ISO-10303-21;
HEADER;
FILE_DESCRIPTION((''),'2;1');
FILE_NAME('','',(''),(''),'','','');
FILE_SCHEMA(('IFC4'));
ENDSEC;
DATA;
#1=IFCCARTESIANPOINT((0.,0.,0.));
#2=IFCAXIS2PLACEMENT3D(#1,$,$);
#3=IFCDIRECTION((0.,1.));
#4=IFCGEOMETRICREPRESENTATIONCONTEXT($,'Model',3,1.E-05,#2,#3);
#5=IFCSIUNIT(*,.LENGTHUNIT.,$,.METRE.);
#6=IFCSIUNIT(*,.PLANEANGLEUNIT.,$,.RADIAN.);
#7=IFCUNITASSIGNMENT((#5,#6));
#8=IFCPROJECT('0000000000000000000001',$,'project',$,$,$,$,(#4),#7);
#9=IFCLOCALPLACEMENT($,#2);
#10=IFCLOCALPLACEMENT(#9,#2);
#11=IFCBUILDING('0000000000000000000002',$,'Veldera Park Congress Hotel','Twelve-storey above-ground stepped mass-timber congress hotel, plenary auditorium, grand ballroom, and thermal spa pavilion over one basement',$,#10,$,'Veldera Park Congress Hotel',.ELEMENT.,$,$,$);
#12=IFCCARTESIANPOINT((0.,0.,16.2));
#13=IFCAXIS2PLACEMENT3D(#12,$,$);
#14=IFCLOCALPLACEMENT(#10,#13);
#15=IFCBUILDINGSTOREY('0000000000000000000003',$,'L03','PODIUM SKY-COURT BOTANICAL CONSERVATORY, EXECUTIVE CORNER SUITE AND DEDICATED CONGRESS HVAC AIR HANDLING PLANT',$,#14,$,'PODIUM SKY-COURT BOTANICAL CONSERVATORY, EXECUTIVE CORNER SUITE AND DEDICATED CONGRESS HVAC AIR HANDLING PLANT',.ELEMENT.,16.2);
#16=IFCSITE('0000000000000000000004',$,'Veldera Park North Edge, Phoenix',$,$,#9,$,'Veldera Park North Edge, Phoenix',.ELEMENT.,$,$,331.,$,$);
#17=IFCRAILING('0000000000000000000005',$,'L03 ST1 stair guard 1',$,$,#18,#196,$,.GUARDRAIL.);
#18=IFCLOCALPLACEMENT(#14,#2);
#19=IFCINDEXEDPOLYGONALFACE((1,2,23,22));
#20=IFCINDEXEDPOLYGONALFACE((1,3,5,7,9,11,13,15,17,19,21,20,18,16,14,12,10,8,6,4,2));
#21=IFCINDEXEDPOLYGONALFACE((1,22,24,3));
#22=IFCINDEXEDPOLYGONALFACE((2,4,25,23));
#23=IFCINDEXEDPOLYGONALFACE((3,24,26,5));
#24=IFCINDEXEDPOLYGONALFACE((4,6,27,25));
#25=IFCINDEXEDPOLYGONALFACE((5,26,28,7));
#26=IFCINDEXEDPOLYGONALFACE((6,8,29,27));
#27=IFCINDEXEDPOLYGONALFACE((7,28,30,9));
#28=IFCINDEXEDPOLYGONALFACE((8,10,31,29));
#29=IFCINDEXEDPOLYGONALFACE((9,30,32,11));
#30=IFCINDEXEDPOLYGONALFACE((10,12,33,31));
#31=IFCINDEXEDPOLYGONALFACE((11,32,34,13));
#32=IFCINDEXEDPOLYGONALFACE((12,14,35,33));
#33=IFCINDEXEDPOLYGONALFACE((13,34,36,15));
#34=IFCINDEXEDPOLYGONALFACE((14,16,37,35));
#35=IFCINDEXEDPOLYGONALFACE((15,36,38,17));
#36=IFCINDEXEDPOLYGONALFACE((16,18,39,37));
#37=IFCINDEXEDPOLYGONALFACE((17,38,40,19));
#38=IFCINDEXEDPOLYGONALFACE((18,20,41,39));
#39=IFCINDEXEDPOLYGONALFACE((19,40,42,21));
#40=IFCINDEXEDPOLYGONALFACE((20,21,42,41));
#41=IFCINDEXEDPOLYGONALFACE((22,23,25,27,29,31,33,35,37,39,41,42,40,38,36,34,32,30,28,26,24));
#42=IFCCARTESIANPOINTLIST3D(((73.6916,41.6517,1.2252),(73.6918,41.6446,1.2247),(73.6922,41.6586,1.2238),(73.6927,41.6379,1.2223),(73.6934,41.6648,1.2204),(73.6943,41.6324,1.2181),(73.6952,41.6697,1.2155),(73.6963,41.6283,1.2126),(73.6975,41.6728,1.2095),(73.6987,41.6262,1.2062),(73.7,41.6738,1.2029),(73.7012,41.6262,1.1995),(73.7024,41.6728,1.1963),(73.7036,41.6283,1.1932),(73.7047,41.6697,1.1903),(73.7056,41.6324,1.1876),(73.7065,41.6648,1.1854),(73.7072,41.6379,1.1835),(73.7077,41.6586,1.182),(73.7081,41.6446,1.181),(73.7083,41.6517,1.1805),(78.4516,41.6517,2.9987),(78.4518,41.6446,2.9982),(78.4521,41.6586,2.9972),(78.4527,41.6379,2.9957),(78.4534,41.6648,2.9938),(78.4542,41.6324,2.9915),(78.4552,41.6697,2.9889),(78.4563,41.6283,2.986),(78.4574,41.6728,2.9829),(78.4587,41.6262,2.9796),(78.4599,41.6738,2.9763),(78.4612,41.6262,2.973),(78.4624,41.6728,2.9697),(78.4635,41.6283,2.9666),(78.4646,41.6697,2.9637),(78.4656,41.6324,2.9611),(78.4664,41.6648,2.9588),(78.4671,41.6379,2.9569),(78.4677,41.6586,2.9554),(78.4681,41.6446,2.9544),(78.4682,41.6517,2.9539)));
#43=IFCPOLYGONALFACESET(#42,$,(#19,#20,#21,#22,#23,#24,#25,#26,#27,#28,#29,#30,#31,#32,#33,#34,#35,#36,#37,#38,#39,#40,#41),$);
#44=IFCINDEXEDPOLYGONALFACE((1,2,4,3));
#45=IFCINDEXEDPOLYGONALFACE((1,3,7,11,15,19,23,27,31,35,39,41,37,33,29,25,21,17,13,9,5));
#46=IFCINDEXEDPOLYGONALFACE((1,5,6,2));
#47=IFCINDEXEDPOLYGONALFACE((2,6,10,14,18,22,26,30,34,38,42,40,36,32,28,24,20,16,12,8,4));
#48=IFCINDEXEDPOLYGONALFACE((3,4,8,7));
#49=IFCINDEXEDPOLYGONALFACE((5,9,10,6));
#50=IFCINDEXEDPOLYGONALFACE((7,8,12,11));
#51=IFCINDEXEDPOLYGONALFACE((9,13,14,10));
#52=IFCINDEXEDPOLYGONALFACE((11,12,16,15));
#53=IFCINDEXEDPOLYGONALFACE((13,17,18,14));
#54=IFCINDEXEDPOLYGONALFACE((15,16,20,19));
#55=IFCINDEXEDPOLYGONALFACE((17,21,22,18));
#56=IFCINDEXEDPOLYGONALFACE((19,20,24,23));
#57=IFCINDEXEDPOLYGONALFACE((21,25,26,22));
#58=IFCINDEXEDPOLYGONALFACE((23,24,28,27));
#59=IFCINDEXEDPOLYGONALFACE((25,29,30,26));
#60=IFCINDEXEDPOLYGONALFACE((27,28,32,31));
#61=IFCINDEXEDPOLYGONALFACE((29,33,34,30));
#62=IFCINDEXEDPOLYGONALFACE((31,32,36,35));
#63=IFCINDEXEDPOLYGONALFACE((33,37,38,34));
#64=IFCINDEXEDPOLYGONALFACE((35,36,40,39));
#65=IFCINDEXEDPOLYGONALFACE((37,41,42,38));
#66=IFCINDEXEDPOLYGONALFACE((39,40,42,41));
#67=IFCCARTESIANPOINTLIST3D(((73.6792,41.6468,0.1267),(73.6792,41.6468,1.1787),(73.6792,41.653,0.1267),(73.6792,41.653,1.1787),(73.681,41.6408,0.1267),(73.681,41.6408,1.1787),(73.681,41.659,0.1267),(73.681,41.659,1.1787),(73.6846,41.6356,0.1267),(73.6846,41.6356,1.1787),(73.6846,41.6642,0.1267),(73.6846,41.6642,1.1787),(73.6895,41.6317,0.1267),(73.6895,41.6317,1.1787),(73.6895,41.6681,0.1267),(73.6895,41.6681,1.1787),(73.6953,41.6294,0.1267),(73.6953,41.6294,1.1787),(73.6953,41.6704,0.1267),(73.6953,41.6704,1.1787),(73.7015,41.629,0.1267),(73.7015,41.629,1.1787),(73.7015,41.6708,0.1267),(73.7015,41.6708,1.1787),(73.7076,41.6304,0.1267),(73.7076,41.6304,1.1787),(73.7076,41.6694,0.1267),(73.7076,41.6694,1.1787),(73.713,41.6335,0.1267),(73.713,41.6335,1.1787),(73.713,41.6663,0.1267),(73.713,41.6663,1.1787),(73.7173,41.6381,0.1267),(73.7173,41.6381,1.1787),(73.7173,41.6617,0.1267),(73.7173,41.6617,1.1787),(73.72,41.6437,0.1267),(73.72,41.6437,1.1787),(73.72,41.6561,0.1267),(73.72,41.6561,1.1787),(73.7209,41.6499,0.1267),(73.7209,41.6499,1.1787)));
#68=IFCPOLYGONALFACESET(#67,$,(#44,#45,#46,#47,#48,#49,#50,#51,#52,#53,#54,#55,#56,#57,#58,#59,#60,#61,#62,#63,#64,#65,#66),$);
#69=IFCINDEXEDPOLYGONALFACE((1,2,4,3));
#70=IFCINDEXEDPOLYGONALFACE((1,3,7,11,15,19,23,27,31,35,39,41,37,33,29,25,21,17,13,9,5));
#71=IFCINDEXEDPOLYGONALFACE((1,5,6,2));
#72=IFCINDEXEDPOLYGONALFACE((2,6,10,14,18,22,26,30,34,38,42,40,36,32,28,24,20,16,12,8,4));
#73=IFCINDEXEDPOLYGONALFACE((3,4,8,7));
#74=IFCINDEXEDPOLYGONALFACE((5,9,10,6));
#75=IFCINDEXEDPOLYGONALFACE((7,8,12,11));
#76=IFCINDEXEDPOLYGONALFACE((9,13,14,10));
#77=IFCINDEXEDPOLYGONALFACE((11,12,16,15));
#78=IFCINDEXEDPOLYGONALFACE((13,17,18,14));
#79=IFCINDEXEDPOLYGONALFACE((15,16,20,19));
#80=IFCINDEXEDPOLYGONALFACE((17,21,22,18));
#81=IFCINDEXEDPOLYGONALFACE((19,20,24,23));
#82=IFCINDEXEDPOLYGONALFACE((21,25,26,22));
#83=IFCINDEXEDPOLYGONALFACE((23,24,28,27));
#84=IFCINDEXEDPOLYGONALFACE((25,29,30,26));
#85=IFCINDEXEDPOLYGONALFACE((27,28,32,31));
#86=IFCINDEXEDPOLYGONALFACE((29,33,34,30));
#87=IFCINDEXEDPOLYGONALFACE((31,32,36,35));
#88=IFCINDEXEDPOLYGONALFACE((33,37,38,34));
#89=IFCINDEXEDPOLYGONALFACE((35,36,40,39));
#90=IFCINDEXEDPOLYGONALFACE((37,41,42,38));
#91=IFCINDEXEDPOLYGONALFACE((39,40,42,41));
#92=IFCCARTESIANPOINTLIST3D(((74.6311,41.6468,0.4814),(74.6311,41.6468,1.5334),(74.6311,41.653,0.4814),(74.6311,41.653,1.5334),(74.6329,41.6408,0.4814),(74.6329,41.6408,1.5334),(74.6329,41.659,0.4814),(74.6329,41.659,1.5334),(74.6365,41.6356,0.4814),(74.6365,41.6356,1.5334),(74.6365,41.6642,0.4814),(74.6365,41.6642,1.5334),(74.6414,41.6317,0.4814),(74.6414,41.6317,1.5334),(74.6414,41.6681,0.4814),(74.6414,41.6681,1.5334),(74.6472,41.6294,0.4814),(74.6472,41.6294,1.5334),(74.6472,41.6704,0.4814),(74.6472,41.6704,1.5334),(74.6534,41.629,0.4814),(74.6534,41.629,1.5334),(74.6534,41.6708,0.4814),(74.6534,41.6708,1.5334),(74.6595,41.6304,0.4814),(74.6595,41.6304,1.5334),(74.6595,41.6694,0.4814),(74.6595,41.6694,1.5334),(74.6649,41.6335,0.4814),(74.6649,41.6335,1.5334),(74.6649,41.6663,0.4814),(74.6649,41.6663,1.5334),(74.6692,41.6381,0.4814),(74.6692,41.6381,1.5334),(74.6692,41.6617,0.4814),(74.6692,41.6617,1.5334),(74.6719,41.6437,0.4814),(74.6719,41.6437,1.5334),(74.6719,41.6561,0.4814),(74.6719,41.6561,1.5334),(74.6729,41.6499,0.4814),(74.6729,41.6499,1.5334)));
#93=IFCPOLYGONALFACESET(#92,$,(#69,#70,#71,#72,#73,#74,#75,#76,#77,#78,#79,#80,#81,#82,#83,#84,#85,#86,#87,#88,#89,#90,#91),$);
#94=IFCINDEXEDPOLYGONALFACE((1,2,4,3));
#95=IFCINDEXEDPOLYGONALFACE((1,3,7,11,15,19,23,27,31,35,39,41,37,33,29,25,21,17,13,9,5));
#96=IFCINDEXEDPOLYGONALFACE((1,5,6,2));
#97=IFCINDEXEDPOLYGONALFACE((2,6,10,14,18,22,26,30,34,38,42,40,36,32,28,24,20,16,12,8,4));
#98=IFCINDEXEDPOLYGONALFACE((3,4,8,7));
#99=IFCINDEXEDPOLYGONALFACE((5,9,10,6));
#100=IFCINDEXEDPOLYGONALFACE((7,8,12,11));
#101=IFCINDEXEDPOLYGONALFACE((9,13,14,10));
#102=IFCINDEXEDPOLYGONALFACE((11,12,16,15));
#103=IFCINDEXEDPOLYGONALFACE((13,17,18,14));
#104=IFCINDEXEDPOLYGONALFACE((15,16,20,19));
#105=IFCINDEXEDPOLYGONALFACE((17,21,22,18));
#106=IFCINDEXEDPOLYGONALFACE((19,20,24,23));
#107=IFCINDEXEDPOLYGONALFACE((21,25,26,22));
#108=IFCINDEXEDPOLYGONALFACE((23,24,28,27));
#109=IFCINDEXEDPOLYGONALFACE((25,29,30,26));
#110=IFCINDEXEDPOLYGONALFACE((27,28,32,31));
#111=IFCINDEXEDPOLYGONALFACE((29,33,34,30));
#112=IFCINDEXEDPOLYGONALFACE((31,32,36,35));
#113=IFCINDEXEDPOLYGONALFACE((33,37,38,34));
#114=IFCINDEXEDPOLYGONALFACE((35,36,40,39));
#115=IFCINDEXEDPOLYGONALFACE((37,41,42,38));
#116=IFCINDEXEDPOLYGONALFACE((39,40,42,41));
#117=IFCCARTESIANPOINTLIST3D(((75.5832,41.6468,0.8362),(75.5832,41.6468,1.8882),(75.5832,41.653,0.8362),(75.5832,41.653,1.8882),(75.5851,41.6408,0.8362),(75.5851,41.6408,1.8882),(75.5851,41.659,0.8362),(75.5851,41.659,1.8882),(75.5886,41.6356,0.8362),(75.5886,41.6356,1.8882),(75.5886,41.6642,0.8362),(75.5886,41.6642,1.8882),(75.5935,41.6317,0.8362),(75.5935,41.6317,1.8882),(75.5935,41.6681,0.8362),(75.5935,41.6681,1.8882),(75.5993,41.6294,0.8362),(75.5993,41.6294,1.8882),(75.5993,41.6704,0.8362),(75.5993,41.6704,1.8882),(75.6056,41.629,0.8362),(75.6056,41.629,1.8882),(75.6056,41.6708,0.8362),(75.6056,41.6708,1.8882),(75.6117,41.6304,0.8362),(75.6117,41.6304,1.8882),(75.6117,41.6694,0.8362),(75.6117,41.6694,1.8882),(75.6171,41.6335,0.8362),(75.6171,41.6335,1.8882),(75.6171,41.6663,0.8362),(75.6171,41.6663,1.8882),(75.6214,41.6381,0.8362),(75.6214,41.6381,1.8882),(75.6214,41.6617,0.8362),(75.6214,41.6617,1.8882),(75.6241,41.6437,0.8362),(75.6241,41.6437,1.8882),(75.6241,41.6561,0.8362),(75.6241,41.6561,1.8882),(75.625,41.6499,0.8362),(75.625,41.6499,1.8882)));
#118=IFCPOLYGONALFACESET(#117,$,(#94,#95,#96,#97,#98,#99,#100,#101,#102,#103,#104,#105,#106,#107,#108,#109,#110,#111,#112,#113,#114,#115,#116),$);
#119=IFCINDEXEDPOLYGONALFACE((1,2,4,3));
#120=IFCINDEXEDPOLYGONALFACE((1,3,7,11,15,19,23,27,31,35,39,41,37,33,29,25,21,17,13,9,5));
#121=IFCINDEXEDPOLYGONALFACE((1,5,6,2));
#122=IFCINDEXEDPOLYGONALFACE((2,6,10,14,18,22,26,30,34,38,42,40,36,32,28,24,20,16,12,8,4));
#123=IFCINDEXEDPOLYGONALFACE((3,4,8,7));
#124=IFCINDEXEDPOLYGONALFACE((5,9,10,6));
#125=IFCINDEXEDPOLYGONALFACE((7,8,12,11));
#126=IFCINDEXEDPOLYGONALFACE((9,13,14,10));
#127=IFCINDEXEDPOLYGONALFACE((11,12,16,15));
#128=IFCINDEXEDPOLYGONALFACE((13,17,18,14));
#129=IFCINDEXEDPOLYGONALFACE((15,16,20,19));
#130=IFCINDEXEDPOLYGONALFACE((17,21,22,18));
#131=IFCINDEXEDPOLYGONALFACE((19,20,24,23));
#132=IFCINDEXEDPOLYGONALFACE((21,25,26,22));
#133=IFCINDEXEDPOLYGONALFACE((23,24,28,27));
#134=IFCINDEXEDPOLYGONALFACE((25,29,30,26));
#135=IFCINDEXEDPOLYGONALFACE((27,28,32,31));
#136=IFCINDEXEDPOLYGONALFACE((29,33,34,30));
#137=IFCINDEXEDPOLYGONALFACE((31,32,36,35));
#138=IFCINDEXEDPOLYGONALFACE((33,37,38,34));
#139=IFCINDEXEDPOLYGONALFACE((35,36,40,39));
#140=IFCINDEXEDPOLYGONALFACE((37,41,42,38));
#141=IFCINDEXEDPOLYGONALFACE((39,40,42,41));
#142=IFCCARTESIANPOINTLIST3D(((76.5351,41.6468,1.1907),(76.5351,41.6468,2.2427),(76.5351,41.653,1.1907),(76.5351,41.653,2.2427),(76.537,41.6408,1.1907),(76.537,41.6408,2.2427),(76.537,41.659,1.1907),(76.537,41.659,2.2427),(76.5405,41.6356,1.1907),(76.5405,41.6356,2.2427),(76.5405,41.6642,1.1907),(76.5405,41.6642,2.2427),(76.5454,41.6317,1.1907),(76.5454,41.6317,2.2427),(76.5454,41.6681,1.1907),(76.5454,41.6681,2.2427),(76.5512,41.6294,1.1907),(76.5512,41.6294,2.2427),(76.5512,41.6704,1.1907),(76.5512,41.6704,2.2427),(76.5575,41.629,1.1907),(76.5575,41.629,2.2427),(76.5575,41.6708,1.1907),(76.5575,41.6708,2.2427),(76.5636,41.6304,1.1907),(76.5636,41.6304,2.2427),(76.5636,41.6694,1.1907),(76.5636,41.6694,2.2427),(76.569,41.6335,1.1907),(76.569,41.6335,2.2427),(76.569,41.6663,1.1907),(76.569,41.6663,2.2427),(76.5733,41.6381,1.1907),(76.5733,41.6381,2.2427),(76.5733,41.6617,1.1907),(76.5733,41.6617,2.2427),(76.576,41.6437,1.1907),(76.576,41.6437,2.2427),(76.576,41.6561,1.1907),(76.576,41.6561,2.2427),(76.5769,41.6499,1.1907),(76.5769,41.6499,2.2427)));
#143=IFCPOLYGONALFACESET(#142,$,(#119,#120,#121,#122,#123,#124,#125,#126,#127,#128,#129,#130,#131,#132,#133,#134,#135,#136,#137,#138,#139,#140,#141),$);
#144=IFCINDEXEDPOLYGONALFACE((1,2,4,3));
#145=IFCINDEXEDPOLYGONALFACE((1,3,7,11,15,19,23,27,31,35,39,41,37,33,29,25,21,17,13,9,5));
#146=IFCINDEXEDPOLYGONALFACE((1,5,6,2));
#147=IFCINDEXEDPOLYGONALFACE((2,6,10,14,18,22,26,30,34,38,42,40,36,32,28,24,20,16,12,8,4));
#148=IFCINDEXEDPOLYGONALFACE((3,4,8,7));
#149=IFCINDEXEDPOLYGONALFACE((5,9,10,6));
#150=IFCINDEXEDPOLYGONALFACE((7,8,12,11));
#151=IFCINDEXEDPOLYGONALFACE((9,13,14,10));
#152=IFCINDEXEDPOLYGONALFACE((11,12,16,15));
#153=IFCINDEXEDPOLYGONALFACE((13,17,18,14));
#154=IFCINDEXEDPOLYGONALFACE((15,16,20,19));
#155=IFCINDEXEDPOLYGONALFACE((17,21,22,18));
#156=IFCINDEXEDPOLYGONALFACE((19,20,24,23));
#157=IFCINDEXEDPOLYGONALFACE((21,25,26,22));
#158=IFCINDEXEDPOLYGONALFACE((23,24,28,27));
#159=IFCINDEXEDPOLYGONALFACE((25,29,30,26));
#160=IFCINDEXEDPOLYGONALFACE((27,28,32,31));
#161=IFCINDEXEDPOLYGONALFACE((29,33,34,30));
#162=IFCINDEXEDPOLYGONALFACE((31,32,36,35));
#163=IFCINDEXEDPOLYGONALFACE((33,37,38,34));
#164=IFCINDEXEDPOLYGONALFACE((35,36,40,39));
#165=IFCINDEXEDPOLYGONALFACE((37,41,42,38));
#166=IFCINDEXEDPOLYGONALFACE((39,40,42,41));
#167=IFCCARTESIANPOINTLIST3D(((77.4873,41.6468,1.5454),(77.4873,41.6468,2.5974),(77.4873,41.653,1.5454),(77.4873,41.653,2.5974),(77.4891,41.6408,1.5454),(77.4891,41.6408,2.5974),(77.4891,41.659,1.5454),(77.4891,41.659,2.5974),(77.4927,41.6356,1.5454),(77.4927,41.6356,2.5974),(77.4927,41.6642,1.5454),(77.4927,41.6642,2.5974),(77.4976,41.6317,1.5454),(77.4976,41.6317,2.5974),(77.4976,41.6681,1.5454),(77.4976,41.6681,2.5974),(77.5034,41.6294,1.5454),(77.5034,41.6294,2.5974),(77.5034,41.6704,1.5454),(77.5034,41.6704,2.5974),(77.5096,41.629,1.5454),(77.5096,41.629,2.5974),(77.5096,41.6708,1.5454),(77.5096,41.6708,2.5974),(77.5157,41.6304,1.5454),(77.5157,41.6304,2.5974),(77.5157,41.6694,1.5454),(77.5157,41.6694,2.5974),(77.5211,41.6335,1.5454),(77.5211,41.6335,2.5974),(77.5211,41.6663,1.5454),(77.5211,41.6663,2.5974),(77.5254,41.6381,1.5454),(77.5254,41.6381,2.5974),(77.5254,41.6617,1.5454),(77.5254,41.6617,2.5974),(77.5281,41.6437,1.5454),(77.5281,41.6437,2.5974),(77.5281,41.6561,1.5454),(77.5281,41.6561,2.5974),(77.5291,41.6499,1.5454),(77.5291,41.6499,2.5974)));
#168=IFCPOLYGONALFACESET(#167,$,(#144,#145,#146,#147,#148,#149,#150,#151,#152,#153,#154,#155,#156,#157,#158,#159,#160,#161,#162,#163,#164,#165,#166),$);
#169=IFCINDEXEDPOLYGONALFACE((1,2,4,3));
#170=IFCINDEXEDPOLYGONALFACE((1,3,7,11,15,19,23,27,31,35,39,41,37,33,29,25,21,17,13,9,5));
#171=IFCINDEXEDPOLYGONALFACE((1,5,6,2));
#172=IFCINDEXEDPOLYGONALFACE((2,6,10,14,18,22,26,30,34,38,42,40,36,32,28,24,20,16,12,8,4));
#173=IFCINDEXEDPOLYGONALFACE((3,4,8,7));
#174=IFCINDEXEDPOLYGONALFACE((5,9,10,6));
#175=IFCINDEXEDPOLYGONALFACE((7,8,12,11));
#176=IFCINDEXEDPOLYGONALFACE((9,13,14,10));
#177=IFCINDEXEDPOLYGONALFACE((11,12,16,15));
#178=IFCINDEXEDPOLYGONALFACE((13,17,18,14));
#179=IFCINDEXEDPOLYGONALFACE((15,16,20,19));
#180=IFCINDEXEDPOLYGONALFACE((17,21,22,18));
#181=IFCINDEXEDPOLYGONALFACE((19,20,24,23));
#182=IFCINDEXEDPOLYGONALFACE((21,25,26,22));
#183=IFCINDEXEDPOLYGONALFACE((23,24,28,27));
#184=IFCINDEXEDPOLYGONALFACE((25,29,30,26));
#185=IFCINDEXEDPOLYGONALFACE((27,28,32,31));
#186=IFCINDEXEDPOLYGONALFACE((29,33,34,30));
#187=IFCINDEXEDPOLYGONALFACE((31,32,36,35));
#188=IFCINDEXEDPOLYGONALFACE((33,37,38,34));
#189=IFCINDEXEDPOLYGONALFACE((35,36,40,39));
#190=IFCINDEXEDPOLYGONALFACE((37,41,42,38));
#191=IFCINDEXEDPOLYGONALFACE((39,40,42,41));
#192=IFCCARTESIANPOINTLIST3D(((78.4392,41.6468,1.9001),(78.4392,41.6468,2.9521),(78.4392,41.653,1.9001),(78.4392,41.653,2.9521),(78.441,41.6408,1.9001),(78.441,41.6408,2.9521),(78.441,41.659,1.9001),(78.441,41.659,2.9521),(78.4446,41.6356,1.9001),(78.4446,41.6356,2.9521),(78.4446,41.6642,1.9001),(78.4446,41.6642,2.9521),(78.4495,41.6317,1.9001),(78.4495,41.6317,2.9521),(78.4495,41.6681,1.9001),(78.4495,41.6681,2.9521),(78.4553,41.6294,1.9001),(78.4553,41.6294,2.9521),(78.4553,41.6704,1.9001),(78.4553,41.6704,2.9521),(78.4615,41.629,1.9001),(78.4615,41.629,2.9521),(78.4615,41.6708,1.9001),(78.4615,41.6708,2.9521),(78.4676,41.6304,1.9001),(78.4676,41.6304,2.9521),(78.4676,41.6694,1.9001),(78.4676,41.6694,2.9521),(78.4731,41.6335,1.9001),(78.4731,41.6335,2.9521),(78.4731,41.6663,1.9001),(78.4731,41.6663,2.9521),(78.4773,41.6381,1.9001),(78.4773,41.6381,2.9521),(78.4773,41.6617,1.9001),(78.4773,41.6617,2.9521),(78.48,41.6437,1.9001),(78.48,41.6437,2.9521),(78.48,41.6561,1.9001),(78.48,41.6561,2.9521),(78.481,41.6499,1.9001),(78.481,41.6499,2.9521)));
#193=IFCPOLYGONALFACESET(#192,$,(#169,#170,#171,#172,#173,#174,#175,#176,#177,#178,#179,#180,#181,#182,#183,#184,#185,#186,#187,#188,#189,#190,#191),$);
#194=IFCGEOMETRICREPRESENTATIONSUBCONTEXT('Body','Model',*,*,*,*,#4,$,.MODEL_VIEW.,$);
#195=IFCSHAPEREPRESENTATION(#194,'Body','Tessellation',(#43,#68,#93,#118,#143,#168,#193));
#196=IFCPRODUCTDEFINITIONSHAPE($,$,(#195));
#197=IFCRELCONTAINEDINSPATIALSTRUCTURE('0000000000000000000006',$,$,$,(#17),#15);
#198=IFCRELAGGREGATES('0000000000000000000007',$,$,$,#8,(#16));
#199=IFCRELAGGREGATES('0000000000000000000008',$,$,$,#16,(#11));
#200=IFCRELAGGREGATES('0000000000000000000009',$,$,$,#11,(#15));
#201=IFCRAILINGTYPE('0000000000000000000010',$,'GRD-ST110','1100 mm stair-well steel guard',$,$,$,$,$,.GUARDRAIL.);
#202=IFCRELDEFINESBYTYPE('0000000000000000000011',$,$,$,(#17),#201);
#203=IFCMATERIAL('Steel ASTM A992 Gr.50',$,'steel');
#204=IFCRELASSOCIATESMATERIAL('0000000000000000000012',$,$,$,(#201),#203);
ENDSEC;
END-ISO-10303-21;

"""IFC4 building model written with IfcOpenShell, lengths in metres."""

from ifc_helpers import new_model, si_unit, direction, frame, origin, origin_2d, place, context, subcontext, project, spatial, circle, extrude, material, type_object, element, save


model = new_model("IFC4")

# Units and contexts
model_context = context("Model", 3, precision=1e-05, world=origin(), true_north=direction((0.0, 1.0)))
body_context = subcontext(model_context, "Body", "Model", "MODEL_VIEW")
ifc_project = project(units=[si_unit("LENGTHUNIT", "METRE"), si_unit("PLANEANGLEUNIT", "RADIAN")], contexts=[model_context])

# Site, building, storey
site_placement = place(None, origin())
site = spatial("IfcSite", under=ifc_project, at=site_placement, Name="Veldera Park North Edge, Phoenix", LongName="Veldera Park North Edge, Phoenix", CompositionType="ELEMENT", RefElevation=331.0)
building_placement = place(site_placement, origin())
building = spatial("IfcBuilding", under=site, at=building_placement, Name="Veldera Park Congress Hotel", Description="Twelve-storey above-ground stepped mass-timber congress hotel, plenary auditorium, grand ballroom, and thermal spa pavilion over one basement", LongName="Veldera Park Congress Hotel", CompositionType="ELEMENT")
storey_placement = place(building_placement, frame((0.0, 0.0, 16.2)))
storey = spatial("IfcBuildingStorey", under=building, at=storey_placement, Name="L03", Description="PODIUM SKY-COURT BOTANICAL CONSERVATORY, EXECUTIVE CORNER SUITE AND DEDICATED CONGRESS HVAC AIR HANDLING PLANT", LongName="PODIUM SKY-COURT BOTANICAL CONSERVATORY, EXECUTIVE CORNER SUITE AND DEDICATED CONGRESS HVAC AIR HANDLING PLANT", CompositionType="ELEMENT", Elevation=16.2)

# Railing
ifc_material_1 = material(Name="Steel ASTM A992 Gr.50", Category="steel")
railing_type_1 = type_object("IfcRailingType", Name="GRD-ST110", Description="1100 mm stair-well steel guard", PredefinedType="GUARDRAIL", material=ifc_material_1)
railing_1_placement = place(storey_placement, frame((73.7, 41.6499, 0.1267)))
element("IfcRailing", 1, at=railing_1_placement, inside=storey, type_object=railing_type_1, Name="L03 ST1 stair guard 1", PredefinedType="GUARDRAIL", context=body_context, shape_type="SweptSolid", body=[
    extrude(circle(Radius=0.0239, at=origin_2d()), frame((0.0, 0.0, 1.0762), z_axis=(0.937076, 0.0, 0.349126), x_axis=(0.0, 1.0, 0.0)), (0.0, 0.0, 1.0), 5.0796),
    extrude(circle(Radius=0.021, at=origin_2d()), origin(), (0.0, 0.0, 1.0), 1.052),
    extrude(circle(Radius=0.021, at=origin_2d()), frame((0.9519, 0.0, 0.3547)), (0.0, 0.0, 1.0), 1.052),
    extrude(circle(Radius=0.021, at=origin_2d()), frame((1.9041, 0.0, 0.7095)), (0.0, 0.0, 1.0), 1.052),
    extrude(circle(Radius=0.021, at=origin_2d()), frame((2.856, 0.0, 1.064)), (0.0, 0.0, 1.0), 1.052),
    extrude(circle(Radius=0.021, at=origin_2d()), frame((3.8081, 0.0, 1.4187)), (0.0, 0.0, 1.0), 1.052),
    extrude(circle(Radius=0.021, at=origin_2d()), frame((4.76, 0.0, 1.7734)), (0.0, 0.0, 1.0), 1.052),
])

save(model, "model.ifc")
